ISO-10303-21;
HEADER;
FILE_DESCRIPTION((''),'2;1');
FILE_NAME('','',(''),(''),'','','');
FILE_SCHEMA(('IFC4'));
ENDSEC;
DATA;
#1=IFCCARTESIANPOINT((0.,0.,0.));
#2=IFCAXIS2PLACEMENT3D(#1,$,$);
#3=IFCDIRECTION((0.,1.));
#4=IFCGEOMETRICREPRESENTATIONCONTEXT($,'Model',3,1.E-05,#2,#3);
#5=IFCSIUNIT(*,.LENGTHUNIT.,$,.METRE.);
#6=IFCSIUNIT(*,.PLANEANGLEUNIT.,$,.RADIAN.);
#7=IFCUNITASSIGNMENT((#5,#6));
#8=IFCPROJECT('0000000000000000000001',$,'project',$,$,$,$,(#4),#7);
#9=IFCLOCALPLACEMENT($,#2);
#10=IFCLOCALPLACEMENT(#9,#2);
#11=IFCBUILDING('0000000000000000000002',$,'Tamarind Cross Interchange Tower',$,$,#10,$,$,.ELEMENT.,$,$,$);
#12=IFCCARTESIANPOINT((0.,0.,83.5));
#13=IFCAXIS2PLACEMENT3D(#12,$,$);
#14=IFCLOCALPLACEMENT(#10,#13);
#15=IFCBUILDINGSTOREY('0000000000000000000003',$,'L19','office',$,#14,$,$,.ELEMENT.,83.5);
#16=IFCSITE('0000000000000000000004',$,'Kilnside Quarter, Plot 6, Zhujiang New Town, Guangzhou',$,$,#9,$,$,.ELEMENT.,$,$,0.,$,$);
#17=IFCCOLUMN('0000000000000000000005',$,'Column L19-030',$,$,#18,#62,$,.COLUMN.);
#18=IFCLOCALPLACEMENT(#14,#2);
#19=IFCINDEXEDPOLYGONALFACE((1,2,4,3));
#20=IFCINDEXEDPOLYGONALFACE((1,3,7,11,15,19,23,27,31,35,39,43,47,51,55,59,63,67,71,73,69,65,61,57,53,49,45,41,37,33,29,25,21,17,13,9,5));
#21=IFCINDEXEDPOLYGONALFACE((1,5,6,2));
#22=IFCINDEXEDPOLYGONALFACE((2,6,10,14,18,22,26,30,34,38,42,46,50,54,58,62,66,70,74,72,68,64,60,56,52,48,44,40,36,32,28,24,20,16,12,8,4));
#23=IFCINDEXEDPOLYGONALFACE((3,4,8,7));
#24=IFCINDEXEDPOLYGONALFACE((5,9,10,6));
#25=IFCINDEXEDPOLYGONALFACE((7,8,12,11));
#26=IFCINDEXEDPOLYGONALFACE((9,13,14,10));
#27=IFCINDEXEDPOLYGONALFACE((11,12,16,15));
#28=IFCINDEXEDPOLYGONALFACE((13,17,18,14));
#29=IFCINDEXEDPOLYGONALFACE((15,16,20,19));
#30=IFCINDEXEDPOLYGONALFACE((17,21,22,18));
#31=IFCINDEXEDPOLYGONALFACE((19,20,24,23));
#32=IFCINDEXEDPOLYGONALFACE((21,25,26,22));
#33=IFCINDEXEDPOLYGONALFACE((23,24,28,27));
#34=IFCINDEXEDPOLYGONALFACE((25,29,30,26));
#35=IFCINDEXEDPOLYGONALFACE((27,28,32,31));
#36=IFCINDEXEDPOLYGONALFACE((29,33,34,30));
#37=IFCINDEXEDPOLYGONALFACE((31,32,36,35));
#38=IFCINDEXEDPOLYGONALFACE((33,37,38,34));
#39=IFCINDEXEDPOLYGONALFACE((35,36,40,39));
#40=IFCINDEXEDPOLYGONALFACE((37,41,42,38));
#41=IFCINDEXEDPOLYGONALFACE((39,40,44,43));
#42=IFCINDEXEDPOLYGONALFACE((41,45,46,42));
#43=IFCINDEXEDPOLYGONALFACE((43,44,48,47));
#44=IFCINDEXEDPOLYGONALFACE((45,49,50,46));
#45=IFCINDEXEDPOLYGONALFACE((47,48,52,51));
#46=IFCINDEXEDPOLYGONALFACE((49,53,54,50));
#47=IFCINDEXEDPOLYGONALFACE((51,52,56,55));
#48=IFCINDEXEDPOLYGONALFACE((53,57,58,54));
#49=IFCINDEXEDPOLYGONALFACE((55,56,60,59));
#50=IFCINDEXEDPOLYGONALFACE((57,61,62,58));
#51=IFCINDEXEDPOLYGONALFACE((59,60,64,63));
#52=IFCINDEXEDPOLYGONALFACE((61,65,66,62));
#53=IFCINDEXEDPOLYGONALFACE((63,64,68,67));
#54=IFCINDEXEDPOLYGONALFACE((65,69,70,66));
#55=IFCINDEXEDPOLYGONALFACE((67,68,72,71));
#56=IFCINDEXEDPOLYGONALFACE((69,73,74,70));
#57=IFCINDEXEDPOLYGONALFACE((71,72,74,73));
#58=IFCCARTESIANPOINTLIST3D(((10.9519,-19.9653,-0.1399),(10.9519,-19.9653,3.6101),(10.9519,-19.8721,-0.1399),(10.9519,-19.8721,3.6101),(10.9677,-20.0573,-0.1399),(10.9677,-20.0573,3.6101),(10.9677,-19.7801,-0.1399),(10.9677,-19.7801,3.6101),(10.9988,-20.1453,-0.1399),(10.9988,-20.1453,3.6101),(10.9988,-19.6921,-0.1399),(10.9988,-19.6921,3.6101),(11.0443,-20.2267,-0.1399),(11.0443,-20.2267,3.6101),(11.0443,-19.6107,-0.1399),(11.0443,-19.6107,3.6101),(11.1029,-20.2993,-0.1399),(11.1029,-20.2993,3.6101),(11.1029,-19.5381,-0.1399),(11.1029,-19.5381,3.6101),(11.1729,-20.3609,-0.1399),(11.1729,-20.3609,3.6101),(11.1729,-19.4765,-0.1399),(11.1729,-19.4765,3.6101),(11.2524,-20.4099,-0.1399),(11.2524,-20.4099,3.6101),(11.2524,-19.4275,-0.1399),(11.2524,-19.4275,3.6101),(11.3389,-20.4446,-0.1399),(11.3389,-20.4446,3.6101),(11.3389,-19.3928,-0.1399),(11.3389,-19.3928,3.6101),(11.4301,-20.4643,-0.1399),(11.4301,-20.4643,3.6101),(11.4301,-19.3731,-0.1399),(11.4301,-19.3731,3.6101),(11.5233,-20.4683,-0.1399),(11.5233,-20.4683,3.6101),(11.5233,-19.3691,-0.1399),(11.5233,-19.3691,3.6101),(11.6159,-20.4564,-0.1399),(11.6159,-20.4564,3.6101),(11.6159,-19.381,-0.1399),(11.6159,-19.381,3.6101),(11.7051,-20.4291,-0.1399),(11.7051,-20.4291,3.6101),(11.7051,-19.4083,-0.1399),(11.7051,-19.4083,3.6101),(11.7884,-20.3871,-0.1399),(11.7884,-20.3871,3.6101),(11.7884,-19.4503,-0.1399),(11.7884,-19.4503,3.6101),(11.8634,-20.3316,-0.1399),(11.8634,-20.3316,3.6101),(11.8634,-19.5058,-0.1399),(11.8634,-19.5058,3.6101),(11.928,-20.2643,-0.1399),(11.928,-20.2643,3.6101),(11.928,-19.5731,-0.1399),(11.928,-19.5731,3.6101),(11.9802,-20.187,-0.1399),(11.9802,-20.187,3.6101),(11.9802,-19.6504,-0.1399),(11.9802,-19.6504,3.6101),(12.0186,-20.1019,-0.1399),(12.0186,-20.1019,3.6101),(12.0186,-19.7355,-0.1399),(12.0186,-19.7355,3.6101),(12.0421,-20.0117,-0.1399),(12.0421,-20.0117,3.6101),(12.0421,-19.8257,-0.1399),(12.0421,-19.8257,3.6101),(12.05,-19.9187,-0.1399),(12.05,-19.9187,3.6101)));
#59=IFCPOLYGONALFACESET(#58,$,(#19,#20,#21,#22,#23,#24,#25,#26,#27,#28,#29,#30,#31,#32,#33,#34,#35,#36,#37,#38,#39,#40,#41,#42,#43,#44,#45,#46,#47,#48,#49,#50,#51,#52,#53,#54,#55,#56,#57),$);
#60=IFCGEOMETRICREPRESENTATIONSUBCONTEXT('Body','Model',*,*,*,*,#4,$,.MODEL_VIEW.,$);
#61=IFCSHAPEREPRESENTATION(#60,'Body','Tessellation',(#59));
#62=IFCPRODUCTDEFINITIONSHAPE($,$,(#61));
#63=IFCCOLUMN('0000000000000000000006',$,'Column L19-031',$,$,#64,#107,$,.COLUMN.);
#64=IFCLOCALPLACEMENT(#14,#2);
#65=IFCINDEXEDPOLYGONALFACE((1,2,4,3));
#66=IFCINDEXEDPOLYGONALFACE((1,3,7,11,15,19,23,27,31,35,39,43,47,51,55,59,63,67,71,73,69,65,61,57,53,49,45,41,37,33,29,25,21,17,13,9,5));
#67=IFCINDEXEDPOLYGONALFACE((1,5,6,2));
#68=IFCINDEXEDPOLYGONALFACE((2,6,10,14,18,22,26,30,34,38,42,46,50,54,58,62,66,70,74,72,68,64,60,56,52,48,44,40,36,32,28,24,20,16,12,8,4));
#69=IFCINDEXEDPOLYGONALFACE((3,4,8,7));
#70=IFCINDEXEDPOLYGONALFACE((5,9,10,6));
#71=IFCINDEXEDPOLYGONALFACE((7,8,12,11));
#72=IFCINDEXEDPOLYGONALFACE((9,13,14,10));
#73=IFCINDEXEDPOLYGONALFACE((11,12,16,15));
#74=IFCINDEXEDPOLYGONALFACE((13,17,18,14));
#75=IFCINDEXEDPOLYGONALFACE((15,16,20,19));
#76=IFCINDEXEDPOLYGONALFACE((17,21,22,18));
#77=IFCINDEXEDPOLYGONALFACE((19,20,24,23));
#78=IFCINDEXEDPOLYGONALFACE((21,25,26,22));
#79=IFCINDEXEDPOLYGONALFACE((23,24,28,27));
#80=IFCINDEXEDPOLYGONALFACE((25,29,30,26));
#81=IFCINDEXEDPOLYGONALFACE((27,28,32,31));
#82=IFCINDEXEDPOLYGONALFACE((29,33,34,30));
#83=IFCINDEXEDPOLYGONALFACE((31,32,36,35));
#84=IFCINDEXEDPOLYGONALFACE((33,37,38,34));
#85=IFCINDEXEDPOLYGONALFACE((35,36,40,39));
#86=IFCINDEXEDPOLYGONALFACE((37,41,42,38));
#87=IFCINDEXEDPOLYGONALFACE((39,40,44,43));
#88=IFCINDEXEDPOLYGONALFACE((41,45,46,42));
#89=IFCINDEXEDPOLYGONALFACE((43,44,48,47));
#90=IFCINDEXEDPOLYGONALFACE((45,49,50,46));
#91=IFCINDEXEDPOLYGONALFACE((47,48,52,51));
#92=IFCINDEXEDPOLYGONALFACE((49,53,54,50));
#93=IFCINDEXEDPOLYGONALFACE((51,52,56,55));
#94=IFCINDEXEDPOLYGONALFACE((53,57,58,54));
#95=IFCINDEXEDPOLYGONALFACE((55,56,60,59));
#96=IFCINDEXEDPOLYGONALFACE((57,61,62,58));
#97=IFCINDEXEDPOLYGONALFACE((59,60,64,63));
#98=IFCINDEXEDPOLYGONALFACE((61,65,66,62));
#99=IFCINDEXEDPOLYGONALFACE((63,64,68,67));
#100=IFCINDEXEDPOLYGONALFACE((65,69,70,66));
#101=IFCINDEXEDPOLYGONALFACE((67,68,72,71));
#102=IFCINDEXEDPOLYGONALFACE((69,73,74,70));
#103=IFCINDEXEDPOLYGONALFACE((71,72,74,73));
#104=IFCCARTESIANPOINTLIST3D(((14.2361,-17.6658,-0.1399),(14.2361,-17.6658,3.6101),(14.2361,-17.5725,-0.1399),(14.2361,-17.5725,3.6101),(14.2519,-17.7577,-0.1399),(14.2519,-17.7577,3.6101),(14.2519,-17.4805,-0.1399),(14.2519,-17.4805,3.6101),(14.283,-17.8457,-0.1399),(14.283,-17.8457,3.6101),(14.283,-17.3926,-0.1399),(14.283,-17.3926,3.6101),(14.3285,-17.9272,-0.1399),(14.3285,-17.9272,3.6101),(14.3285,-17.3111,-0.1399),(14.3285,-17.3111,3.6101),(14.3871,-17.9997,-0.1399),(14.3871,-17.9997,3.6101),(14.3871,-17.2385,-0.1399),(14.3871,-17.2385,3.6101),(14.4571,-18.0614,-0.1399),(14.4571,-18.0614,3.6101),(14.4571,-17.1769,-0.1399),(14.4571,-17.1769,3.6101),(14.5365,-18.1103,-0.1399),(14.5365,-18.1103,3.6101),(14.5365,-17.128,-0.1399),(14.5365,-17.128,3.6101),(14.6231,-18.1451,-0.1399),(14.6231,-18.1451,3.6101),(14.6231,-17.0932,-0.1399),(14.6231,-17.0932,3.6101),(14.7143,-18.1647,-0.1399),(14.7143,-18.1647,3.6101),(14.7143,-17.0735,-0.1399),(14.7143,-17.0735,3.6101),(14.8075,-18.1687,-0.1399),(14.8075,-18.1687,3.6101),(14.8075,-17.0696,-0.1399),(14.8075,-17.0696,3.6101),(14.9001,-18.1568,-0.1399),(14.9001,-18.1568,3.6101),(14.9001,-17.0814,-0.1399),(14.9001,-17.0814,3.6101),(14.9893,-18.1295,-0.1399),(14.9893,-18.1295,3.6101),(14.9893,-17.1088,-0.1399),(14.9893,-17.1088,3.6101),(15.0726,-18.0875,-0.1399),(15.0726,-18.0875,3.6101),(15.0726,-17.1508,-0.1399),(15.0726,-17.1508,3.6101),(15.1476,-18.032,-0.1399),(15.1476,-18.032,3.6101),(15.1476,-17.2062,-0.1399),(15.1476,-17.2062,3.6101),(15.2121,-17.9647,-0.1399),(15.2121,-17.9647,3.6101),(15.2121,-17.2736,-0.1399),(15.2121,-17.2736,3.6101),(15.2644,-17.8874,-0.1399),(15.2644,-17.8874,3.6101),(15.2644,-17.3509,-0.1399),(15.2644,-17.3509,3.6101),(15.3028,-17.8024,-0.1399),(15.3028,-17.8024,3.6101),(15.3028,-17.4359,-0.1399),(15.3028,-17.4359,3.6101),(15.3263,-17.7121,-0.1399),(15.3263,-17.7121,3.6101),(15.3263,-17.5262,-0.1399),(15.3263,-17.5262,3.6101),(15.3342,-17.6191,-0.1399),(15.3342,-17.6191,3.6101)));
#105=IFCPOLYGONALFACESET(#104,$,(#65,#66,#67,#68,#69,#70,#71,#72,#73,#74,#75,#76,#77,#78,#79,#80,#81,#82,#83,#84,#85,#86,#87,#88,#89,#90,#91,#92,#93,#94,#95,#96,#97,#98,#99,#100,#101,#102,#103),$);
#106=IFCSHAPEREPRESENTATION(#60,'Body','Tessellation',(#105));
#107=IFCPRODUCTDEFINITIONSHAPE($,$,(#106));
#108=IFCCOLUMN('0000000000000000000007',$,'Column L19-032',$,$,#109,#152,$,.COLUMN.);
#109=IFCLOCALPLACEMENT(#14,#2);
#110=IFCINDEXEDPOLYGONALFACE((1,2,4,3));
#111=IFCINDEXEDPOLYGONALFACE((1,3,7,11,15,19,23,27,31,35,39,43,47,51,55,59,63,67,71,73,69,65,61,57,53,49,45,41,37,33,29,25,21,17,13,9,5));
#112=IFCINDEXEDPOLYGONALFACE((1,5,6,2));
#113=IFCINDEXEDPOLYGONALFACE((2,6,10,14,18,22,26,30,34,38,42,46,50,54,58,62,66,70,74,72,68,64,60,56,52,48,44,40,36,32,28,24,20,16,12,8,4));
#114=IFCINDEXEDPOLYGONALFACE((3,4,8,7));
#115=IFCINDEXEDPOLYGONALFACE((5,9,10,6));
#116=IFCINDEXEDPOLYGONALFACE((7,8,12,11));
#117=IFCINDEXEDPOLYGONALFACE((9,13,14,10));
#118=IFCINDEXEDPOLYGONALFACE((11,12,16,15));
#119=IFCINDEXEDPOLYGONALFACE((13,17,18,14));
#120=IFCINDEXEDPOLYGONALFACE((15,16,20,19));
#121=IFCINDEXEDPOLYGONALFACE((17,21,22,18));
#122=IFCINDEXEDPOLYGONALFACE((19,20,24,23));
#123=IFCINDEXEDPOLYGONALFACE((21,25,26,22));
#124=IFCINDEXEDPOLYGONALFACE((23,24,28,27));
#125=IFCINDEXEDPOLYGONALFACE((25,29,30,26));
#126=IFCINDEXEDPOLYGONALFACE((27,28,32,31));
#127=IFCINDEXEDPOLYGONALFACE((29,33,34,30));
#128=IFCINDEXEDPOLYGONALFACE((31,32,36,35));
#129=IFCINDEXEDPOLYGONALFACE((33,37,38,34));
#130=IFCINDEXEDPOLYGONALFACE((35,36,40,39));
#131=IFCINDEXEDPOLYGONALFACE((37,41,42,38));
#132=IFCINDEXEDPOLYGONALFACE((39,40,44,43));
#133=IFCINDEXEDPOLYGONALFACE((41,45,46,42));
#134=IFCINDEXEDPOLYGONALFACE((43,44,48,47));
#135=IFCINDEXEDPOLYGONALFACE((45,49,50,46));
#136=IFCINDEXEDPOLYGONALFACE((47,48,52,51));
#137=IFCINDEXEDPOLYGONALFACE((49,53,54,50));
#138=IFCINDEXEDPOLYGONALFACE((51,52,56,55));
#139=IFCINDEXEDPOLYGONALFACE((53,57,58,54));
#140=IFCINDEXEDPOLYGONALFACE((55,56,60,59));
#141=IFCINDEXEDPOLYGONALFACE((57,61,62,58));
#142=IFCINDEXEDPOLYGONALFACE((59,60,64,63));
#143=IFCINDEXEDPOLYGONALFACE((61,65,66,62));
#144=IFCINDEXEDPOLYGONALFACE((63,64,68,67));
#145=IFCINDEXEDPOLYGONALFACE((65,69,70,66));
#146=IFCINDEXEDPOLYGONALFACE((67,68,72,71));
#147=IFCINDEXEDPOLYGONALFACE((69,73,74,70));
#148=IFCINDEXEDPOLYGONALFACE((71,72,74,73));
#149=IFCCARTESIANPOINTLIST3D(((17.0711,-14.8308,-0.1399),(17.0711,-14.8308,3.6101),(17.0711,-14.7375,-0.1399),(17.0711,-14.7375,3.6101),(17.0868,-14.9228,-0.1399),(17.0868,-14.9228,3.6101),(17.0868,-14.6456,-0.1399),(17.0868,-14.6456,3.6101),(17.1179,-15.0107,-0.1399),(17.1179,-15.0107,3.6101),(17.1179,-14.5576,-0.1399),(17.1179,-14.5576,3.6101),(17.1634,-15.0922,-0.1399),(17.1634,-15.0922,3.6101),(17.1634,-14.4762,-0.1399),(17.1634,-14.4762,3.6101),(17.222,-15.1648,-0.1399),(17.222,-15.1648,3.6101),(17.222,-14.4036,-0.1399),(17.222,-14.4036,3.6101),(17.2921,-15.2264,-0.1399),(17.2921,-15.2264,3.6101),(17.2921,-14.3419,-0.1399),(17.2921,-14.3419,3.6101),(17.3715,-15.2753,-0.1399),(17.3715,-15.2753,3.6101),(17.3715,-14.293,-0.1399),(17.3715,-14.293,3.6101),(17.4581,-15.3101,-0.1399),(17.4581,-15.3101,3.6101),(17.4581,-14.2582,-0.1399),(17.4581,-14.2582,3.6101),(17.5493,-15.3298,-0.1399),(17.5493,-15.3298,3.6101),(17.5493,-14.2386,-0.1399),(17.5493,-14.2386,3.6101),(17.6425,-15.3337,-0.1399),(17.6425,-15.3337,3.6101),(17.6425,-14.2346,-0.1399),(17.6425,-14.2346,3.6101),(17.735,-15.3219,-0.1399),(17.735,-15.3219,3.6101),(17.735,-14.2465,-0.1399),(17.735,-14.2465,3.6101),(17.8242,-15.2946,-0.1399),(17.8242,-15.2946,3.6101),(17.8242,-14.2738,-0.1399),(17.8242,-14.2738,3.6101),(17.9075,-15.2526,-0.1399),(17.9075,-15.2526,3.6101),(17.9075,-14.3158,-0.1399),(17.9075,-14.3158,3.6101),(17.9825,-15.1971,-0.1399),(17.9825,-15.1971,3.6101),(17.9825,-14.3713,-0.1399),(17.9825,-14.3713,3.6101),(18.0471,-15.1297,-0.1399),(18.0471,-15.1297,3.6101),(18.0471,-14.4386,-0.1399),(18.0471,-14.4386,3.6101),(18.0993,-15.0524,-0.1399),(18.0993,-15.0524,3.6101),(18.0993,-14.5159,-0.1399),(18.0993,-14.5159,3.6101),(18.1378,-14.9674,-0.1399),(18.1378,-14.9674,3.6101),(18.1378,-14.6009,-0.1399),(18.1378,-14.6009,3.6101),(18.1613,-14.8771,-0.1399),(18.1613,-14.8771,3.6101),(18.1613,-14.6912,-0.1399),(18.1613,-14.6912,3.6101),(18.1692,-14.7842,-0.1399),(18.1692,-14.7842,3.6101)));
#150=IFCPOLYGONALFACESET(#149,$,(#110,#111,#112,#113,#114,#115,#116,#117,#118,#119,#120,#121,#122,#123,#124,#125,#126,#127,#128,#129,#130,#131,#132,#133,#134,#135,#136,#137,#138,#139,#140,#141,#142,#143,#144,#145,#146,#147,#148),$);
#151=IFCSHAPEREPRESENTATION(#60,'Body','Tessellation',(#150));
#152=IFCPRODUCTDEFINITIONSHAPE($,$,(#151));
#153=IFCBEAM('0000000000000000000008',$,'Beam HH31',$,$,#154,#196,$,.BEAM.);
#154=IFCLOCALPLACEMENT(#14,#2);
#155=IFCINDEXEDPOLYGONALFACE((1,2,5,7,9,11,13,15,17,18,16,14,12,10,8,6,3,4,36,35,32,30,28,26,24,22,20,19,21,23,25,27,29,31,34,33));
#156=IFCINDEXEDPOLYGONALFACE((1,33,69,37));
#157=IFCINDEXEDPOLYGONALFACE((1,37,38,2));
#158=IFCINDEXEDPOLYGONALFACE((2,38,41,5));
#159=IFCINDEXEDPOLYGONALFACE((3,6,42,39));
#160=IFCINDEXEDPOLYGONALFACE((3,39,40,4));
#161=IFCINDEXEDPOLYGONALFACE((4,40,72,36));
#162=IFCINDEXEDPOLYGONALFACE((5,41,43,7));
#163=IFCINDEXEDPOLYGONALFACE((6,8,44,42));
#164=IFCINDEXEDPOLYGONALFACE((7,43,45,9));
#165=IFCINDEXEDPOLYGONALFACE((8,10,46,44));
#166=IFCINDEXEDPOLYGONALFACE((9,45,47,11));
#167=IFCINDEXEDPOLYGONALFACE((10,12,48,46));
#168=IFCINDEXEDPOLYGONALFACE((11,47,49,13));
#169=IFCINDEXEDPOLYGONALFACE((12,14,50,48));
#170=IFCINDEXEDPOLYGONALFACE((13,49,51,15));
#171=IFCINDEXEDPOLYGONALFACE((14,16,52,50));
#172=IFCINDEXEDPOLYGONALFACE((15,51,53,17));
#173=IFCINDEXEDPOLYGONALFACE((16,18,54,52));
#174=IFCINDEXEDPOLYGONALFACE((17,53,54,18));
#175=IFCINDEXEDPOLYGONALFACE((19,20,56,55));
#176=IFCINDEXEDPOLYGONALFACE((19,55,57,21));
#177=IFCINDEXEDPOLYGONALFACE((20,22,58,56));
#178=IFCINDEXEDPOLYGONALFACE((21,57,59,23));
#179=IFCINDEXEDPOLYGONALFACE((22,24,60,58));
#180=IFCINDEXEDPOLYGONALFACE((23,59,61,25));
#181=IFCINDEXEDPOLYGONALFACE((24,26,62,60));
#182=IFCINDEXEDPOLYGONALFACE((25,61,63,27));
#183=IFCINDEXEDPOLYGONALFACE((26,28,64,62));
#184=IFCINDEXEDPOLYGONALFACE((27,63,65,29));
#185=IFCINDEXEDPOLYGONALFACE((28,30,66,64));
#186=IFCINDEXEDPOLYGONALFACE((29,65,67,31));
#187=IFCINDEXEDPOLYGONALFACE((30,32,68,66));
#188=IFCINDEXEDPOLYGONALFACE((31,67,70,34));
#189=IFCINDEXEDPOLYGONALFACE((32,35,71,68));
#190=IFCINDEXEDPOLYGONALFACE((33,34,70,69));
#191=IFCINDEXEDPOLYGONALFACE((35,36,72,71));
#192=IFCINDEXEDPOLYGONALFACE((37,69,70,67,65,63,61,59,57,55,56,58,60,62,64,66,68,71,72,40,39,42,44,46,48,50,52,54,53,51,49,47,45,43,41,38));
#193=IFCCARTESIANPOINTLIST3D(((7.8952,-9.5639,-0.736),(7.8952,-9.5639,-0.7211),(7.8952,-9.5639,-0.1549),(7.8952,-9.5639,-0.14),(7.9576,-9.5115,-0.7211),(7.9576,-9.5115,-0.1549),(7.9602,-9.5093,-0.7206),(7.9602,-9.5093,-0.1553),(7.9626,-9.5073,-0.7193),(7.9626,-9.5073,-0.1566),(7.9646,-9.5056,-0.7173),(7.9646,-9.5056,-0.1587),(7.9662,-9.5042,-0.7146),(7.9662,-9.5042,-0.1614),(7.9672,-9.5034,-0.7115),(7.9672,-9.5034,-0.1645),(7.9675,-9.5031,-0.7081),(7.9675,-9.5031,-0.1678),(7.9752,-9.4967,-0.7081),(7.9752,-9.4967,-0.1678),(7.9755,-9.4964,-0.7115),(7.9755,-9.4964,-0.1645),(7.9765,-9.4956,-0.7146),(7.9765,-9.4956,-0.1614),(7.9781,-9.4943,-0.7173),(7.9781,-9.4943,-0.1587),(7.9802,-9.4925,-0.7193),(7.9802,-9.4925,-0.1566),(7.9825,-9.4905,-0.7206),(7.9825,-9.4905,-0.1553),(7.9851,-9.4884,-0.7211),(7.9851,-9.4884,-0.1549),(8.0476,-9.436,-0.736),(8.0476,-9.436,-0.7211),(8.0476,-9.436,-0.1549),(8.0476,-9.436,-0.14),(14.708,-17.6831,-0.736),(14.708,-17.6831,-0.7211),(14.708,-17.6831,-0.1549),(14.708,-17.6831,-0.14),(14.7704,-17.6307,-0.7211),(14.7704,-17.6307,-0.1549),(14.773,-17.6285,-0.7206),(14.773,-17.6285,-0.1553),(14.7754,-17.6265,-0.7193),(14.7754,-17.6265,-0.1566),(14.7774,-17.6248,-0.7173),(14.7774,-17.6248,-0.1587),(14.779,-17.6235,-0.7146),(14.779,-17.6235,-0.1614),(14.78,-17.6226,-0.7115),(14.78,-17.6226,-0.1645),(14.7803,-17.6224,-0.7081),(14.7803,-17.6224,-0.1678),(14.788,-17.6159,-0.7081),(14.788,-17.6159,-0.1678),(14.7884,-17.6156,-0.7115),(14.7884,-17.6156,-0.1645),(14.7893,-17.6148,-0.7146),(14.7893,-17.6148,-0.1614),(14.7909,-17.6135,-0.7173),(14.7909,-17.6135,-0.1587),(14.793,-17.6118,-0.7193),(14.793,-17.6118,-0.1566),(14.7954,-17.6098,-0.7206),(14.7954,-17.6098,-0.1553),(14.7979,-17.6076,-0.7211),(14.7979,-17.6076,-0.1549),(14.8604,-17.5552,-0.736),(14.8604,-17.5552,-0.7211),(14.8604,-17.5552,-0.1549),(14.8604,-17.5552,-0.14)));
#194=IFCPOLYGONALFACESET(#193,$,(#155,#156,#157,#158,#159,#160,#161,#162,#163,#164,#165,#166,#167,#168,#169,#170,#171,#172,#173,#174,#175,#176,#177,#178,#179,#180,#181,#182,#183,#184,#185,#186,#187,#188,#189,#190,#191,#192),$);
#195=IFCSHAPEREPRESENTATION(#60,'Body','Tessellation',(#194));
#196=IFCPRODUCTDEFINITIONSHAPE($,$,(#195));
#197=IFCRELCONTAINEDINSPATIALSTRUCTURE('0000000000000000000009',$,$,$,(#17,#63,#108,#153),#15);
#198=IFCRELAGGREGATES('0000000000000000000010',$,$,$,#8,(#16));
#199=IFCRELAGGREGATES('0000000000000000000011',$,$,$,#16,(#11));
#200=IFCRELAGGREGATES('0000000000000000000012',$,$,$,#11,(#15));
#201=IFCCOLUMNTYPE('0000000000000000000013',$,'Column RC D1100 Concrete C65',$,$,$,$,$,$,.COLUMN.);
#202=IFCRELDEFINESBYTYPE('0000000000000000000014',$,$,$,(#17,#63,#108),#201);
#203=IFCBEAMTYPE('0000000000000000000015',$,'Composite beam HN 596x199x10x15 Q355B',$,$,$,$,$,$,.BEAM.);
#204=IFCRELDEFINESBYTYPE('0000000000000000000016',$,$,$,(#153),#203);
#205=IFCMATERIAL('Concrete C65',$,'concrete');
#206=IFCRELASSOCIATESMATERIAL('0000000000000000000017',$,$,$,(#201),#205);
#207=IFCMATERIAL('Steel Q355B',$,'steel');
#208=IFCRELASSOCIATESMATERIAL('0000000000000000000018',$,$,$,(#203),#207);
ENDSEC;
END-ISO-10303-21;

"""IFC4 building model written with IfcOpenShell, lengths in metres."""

from ifc_helpers import new_model, si_unit, direction, frame, origin, origin_2d, place, context, subcontext, project, spatial, circle, i_section, extrude, material, material_profile, profile_set, type_object, element, save


model = new_model("IFC4")

# Units and contexts
model_context = context("Model", 3, precision=1e-05, world=origin(), true_north=direction((0.0, 1.0)))
body_context = subcontext(model_context, "Body", "Model", "MODEL_VIEW")
ifc_project = project(units=[si_unit("LENGTHUNIT", "METRE"), si_unit("PLANEANGLEUNIT", "RADIAN")], contexts=[model_context])

# Site, building, storey
site_placement = place(None, origin())
site = spatial("IfcSite", under=ifc_project, at=site_placement, Name="Kilnside Quarter, Plot 6, Zhujiang New Town, Guangzhou", CompositionType="ELEMENT", RefElevation=0.0)
building_placement = place(site_placement, origin())
building = spatial("IfcBuilding", under=site, at=building_placement, Name="Tamarind Cross Interchange Tower", CompositionType="ELEMENT")
storey_placement = place(building_placement, frame((0.0, 0.0, 83.5)))
storey = spatial("IfcBuildingStorey", under=building, at=storey_placement, Name="L19", Description="office", CompositionType="ELEMENT", Elevation=83.5)

# Columns
ifc_material_1 = material(Name="Concrete C65", Category="concrete")
ifc_material_profile_1 = material_profile(ifc_material_1, circle(Radius=0.55, at=origin_2d()), Name="RC D1100")
ifc_profile_set_1 = profile_set([ifc_material_profile_1], Name="Concrete C65")
column_type = type_object("IfcColumnType", Name="Column RC D1100 Concrete C65", PredefinedType="COLUMN", material=ifc_profile_set_1)
for number, where, z_axis, x_axis, name in (
    (1, (11.5, -19.9187, -0.1399), (0.0, 0.0, 1.0), (1.0, 0.0, 0.0), "Column L19-030"),
    (2, (14.7842, -17.6191, -0.1399), (0.0, 0.0, 1.0), (1.0, 0.0, 0.0), "Column L19-031"),
    (3, (17.6191, -14.7842, -0.1399), (0.0, 0.0, 1.0), (1.0, 0.0, 0.0), "Column L19-032"),
):
    element("IfcColumn", number, at=place(storey_placement, frame(where, z_axis=z_axis, x_axis=x_axis)), inside=storey, type_object=column_type, Name=name, PredefinedType="COLUMN", context=body_context, shape_type="SweptSolid", body=[
        extrude(circle(Radius=0.55, at=origin_2d()), origin(), (0.0, 0.0, 1.0), 3.75),
    ])

# Beam
ifc_material_2 = material(Name="Steel Q355B", Category="steel")
ifc_material_profile_2 = material_profile(ifc_material_2, i_section(OverallWidth=0.199, OverallDepth=0.5959, WebThickness=0.01, FlangeThickness=0.0149, FilletRadius=0.0129, at=origin_2d()), Name="HN 596x199x10x15")
ifc_profile_set_2 = profile_set([ifc_material_profile_2], Name="Steel Q355B")
beam_type = type_object("IfcBeamType", Name="Composite beam HN 596x199x10x15 Q355B", PredefinedType="BEAM", material=ifc_profile_set_2)
beam_1_placement = place(storey_placement, frame((14.7842, -17.6191, -0.438), z_axis=(-0.642786, 0.766046, 0.0), x_axis=(-0.766046, -0.642786, 0.0)))
element("IfcBeam", 4, at=beam_1_placement, inside=storey, type_object=beam_type, Name="Beam HH31", PredefinedType="BEAM", context=body_context, shape_type="SweptSolid", body=[
    extrude(i_section(OverallWidth=0.199, OverallDepth=0.5959, WebThickness=0.01, FlangeThickness=0.0149, FilletRadius=0.0129, at=origin_2d()), origin(), (0.0, 0.0, 1.0), 10.5989),
])

save(model, "model.ifc")
